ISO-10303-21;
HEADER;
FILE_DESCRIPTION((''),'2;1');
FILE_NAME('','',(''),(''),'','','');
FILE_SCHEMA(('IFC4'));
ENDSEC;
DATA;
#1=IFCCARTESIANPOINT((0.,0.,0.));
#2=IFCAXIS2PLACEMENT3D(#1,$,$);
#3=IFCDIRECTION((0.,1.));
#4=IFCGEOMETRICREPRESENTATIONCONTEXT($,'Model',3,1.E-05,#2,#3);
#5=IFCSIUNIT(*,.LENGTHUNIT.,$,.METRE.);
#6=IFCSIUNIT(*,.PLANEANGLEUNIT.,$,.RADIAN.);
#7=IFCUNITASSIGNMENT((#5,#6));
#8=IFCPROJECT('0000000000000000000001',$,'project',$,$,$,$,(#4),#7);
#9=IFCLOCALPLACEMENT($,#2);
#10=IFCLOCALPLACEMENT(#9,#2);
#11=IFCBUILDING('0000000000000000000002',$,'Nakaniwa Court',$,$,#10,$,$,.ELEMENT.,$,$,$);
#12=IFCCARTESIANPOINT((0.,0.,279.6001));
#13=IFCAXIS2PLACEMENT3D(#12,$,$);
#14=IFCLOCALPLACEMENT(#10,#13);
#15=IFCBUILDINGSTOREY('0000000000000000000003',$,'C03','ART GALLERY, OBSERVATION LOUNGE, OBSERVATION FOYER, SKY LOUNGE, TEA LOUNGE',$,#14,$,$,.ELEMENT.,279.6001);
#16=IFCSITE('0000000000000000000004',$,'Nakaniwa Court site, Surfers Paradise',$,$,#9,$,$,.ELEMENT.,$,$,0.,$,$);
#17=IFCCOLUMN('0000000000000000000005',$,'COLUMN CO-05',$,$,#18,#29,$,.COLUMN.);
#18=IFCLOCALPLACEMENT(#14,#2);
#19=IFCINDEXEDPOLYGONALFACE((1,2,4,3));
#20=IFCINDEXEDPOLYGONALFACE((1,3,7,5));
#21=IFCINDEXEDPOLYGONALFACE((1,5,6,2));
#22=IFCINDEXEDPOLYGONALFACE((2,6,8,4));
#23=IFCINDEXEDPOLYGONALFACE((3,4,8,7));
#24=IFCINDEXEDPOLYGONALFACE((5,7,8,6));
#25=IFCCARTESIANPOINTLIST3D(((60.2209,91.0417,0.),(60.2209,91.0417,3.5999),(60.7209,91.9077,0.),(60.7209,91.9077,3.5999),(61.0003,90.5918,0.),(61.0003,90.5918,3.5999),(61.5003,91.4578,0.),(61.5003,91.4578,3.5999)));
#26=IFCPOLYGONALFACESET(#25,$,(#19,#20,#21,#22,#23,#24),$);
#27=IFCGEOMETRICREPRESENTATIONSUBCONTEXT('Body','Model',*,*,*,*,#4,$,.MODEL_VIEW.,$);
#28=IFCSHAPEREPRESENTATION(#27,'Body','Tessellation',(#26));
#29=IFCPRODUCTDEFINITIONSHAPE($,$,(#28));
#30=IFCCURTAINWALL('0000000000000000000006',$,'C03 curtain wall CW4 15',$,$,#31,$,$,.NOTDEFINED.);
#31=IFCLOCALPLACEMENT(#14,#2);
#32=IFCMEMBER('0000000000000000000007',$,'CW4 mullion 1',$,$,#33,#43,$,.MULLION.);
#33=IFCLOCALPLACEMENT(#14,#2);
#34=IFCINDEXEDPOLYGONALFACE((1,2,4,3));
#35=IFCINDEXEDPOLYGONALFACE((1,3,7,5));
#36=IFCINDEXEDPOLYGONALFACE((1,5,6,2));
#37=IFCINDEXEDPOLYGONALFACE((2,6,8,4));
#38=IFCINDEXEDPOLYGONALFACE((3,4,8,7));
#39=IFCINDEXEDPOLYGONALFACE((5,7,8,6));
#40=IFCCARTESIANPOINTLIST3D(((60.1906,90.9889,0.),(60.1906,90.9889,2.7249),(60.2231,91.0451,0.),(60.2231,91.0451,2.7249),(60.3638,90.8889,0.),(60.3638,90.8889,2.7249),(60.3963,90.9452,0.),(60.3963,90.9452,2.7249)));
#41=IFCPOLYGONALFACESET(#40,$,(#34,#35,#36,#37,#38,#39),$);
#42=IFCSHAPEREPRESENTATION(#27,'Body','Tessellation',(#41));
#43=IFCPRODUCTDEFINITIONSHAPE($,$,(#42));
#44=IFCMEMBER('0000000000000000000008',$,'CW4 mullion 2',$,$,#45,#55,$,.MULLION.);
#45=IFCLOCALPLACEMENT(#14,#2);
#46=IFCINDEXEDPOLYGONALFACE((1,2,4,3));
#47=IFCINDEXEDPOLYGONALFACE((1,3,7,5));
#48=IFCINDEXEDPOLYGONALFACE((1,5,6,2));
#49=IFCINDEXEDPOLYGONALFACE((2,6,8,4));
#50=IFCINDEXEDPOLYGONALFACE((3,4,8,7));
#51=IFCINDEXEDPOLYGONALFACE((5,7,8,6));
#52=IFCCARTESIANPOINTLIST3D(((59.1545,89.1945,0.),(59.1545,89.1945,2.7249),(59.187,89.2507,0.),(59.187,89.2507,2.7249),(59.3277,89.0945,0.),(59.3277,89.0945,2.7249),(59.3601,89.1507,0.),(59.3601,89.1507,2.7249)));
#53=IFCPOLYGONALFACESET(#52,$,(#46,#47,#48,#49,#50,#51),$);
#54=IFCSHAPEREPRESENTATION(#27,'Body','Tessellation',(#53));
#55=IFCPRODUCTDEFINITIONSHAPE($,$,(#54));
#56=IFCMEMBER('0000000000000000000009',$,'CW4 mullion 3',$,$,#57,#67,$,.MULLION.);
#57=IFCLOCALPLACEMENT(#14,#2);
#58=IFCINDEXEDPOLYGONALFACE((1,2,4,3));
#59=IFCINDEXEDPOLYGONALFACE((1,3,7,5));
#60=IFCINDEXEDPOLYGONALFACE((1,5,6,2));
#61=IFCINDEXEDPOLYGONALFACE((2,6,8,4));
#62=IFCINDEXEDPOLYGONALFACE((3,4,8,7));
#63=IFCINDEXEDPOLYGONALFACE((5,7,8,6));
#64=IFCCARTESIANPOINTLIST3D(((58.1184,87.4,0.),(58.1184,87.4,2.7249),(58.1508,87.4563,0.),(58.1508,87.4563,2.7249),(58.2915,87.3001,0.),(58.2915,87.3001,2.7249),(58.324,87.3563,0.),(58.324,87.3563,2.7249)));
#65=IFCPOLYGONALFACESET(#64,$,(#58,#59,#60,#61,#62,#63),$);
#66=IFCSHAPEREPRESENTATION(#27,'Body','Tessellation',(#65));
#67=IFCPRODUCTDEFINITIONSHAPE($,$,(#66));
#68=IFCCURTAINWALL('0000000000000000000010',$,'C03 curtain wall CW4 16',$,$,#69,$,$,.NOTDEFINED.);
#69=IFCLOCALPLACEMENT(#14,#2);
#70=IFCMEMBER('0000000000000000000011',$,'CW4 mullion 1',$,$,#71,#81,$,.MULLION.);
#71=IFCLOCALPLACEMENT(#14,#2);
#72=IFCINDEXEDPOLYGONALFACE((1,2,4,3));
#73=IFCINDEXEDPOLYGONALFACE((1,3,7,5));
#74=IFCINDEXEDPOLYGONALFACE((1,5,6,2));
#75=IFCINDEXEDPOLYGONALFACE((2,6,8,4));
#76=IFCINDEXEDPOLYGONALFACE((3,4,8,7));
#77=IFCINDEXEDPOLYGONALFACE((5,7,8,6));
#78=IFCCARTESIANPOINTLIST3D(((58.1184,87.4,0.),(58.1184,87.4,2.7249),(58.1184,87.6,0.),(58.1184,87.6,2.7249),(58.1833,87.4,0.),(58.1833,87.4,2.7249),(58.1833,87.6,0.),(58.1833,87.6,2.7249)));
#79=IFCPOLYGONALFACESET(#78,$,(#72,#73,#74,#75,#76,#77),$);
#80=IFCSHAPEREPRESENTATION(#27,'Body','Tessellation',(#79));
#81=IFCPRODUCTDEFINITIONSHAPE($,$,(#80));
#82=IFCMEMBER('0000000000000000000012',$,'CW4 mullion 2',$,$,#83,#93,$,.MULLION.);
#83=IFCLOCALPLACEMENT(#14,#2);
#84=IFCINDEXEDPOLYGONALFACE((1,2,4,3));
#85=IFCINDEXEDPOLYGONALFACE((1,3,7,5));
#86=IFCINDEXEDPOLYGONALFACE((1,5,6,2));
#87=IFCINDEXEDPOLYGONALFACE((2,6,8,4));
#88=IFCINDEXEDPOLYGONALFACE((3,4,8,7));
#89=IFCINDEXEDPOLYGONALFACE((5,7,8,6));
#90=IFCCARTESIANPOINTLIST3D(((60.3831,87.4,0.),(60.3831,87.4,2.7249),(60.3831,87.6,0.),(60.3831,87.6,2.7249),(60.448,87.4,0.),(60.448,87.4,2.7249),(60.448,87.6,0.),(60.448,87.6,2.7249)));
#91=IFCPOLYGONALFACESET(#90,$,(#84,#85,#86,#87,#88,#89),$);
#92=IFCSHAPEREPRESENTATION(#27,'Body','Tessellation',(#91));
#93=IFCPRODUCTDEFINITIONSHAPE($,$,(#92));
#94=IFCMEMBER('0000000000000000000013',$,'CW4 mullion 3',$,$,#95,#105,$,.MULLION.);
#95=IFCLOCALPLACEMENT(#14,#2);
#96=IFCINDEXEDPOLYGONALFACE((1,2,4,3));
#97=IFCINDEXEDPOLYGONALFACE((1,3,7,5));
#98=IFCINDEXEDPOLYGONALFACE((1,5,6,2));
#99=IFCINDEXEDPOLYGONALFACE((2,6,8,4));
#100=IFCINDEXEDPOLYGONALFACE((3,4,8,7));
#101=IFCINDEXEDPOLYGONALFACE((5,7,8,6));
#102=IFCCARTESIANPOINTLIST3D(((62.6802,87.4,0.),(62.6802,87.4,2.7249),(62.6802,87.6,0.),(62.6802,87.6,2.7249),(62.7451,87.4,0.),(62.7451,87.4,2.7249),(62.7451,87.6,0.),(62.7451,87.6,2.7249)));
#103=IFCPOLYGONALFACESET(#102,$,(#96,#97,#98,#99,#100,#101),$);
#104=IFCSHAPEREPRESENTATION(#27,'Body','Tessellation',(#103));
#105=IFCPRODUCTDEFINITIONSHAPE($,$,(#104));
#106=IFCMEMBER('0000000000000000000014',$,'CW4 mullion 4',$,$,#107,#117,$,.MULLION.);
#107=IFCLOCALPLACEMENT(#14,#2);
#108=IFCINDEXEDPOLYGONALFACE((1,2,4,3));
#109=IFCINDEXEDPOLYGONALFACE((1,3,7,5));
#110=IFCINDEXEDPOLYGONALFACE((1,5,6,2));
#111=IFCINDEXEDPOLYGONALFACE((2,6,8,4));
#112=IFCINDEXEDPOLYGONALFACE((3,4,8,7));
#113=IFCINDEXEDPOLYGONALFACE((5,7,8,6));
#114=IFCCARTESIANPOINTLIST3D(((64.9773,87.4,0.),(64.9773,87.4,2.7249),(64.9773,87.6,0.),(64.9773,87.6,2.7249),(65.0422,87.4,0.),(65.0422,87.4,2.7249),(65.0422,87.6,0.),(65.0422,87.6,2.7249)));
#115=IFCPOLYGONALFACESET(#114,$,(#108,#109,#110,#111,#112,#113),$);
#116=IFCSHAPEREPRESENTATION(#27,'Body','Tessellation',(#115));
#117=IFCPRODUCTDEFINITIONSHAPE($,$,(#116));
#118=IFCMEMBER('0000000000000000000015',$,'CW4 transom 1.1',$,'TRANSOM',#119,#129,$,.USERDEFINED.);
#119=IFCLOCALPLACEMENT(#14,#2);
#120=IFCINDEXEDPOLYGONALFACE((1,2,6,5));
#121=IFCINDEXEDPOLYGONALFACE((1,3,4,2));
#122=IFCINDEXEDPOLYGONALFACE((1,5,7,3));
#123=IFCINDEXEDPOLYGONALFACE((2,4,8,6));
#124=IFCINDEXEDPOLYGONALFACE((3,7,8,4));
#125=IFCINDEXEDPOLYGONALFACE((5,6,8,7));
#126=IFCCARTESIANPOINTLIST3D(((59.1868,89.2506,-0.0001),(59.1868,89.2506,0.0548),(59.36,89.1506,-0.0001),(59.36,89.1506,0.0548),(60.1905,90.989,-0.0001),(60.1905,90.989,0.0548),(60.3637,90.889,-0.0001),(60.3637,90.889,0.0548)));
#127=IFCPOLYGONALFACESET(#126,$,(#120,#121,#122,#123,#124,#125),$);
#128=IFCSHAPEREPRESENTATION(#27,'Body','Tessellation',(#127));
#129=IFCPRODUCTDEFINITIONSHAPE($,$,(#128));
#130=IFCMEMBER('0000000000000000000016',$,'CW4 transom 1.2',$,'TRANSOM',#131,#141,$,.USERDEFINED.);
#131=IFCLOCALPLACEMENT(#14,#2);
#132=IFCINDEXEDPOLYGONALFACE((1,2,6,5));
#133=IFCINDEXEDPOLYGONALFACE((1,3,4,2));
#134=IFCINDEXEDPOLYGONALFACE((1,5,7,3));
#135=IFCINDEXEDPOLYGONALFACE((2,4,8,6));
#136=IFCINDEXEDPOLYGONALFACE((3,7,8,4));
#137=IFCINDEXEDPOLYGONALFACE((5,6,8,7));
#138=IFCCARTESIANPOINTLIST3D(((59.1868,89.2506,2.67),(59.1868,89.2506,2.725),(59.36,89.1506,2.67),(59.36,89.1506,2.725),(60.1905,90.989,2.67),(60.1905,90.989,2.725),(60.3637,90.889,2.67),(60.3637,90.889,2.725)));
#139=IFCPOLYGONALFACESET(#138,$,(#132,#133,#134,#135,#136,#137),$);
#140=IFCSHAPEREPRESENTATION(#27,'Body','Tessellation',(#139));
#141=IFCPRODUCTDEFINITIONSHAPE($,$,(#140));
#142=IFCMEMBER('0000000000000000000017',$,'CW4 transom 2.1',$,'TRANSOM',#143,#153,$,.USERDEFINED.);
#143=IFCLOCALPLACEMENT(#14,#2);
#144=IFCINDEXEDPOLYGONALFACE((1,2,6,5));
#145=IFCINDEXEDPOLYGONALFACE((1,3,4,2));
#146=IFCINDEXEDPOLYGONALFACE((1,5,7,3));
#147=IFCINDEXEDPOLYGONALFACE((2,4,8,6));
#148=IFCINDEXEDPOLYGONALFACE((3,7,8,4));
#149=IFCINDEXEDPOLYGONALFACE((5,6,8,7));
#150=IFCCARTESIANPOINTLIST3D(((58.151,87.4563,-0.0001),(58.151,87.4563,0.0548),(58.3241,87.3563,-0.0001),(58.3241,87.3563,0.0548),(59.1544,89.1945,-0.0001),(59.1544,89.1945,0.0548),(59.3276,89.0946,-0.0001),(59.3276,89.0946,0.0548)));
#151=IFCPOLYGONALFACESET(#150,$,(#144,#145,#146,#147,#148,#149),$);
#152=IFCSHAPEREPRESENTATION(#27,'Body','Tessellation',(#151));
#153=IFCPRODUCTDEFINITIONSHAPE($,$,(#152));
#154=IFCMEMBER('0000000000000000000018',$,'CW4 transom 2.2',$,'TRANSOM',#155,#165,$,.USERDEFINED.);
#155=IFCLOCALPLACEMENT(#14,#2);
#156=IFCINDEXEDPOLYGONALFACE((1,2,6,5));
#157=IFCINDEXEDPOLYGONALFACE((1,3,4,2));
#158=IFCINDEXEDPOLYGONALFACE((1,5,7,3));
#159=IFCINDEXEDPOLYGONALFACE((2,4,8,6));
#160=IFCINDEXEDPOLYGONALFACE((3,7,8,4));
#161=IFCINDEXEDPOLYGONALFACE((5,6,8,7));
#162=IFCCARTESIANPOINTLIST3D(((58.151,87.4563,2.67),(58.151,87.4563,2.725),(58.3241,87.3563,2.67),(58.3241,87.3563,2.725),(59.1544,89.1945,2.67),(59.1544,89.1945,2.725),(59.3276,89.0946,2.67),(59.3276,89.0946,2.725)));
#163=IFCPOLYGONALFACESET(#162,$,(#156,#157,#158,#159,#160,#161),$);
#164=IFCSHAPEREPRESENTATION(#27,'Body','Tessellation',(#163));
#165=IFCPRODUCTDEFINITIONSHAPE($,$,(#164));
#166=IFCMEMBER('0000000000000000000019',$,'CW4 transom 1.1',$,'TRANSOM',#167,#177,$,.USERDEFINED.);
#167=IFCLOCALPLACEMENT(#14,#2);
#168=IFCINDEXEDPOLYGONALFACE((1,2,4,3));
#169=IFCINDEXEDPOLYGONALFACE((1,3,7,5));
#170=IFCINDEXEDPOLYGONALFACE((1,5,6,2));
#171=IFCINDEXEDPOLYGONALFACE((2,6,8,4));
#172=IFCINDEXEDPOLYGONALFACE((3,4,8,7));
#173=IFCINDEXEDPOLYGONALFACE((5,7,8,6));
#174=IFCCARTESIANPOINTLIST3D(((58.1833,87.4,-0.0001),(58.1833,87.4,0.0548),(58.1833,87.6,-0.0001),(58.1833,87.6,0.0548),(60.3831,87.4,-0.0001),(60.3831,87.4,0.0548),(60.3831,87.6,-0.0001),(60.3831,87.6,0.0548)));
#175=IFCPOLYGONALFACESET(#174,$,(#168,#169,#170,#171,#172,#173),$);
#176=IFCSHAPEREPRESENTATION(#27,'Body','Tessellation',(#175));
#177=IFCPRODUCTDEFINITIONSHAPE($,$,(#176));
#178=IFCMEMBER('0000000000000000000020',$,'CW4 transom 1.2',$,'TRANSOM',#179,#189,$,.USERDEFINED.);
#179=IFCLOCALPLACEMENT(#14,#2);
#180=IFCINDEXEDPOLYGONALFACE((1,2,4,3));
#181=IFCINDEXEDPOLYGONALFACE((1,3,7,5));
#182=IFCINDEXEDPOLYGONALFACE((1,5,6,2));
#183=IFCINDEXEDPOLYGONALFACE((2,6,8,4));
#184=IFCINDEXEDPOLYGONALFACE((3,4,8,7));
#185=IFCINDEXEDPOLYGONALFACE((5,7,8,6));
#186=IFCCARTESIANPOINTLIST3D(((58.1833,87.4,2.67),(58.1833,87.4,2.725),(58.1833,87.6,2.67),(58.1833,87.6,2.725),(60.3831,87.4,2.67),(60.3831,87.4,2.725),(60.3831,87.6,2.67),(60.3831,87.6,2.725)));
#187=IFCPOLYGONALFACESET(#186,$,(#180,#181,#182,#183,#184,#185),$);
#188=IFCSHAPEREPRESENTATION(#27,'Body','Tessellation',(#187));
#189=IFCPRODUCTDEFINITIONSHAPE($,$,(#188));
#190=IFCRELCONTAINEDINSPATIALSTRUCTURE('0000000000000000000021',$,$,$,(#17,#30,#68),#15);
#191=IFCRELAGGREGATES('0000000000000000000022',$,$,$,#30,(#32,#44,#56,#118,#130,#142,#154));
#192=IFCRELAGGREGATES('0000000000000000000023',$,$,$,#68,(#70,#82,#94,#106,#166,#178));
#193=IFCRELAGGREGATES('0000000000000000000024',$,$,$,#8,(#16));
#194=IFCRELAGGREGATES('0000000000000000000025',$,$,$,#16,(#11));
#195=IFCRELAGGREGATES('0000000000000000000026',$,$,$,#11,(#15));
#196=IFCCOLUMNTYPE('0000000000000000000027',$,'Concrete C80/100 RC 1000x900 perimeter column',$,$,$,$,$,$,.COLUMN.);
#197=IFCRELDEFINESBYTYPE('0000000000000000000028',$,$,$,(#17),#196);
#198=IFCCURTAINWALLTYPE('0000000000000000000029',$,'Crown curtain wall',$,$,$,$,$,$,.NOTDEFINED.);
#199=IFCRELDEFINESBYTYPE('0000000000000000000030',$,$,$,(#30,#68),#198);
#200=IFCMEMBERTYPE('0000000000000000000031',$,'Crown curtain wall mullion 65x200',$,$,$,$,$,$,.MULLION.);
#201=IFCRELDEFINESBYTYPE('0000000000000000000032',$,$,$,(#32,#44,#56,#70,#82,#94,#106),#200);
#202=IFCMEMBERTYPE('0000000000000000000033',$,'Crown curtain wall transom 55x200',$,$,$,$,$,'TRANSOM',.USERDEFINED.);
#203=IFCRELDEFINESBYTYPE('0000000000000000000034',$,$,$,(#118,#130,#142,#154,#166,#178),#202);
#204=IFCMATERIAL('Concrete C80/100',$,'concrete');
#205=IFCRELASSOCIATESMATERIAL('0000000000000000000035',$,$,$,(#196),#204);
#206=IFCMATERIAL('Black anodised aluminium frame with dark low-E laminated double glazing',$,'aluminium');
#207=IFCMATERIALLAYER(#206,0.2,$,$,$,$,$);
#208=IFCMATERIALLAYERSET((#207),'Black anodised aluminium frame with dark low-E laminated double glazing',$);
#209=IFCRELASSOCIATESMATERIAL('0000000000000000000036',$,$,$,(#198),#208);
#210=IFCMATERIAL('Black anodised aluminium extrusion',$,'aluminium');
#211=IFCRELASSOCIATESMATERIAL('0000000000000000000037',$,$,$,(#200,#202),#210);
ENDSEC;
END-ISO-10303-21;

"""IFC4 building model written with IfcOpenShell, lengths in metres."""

from ifc_helpers import new_model, si_unit, direction, frame, origin, origin_2d, place, context, subcontext, project, spatial, rectangle, extrude, material, layer, layer_set, material_profile, profile_set, type_object, element, aggregate, save


model = new_model("IFC4")

# Units and contexts
model_context = context("Model", 3, precision=1e-05, world=origin(), true_north=direction((0.0, 1.0)))
body_context = subcontext(model_context, "Body", "Model", "MODEL_VIEW")
ifc_project = project(units=[si_unit("LENGTHUNIT", "METRE"), si_unit("PLANEANGLEUNIT", "RADIAN")], contexts=[model_context])

# Site, building, storey
site_placement = place(None, origin())
site = spatial("IfcSite", under=ifc_project, at=site_placement, Name="Nakaniwa Court site, Surfers Paradise", CompositionType="ELEMENT", RefElevation=0.0)
building_placement = place(site_placement, origin())
building = spatial("IfcBuilding", under=site, at=building_placement, Name="Nakaniwa Court", CompositionType="ELEMENT")
storey_placement = place(building_placement, frame((0.0, 0.0, 279.6001)))
storey = spatial("IfcBuildingStorey", under=building, at=storey_placement, Name="C03", Description="ART GALLERY, OBSERVATION LOUNGE, OBSERVATION FOYER, SKY LOUNGE, TEA LOUNGE", CompositionType="ELEMENT", Elevation=279.6001)

# Column
ifc_material_1 = material(Name="Concrete C80/100", Category="concrete")
ifc_material_profile_1 = material_profile(ifc_material_1, rectangle(XDim=1.0, YDim=0.8999, at=origin_2d()), Name="Concrete C80/100 RC 1000x900 perimeter column")
ifc_profile_set_1 = profile_set([ifc_material_profile_1], Name="Concrete C80/100")
column_type = type_object("IfcColumnType", Name="Concrete C80/100 RC 1000x900 perimeter column", PredefinedType="COLUMN", material=ifc_profile_set_1)
column_placement = place(storey_placement, frame((60.8606, 91.2498, 0.0), z_axis=(0.0, 0.0, 1.0), x_axis=(-0.5, -0.866025, 0.0)))
element("IfcColumn", 1, at=column_placement, inside=storey, type_object=column_type, Name="COLUMN CO-05", PredefinedType="COLUMN", context=body_context, shape_type="SweptSolid", body=[
    extrude(rectangle(XDim=1.0, YDim=0.8999, at=origin_2d()), origin(), (0.0, 0.0, 1.0), 3.5999),
])

# Curtain walls, members
ifc_material_2 = material(Name="Black anodised aluminium frame with dark low-E laminated double glazing", Category="aluminium")
ifc_layer_1 = layer(ifc_material_2, 0.2)
ifc_layer_set_1 = layer_set([ifc_layer_1], Name="Black anodised aluminium frame with dark low-E laminated double glazing")
curtain_wall_type = type_object("IfcCurtainWallType", Name="Crown curtain wall", PredefinedType="NOTDEFINED", material=ifc_layer_set_1)
curtain_wall_1_placement = place(storey_placement, origin())
curtain_wall_1 = element("IfcCurtainWall", 2, at=curtain_wall_1_placement, inside=storey, type_object=curtain_wall_type, Name="C03 curtain wall CW4 15", PredefinedType="NOTDEFINED")
ifc_material_3 = material(Name="Black anodised aluminium extrusion", Category="aluminium")
ifc_material_profile_2 = material_profile(ifc_material_3, rectangle(XDim=0.2, YDim=0.0649, at=origin_2d()), Name="Crown curtain wall mullion 65x200")
ifc_profile_set_2 = profile_set([ifc_material_profile_2], Name="Black anodised aluminium extrusion")
member_type_1 = type_object("IfcMemberType", Name="Crown curtain wall mullion 65x200", PredefinedType="MULLION", material=ifc_profile_set_2)
member_1_placement = place(storey_placement, frame((60.2935, 90.967, 0.0), z_axis=(0.0, 0.0, 1.0), x_axis=(0.866021, -0.500008, 0.0)))
member_1 = element("IfcMember", 3, at=member_1_placement, type_object=member_type_1, Name="CW4 mullion 1", PredefinedType="MULLION", context=body_context, shape_type="SweptSolid", body=[
    extrude(rectangle(XDim=0.2, YDim=0.0649, at=origin_2d()), origin(), (0.0, 0.0, 1.0), 2.7249),
])
member_2_placement = place(storey_placement, frame((59.2573, 89.1726, 0.0), z_axis=(0.0, 0.0, 1.0), x_axis=(0.866021, -0.500008, 0.0)))
member_2 = element("IfcMember", 4, at=member_2_placement, type_object=member_type_1, Name="CW4 mullion 2", PredefinedType="MULLION", context=body_context, shape_type="SweptSolid", body=[
    extrude(rectangle(XDim=0.2, YDim=0.0649, at=origin_2d()), origin(), (0.0, 0.0, 1.0), 2.7249),
])
member_3_placement = place(storey_placement, frame((58.2212, 87.3782, 0.0), z_axis=(0.0, 0.0, 1.0), x_axis=(0.866021, -0.500008, 0.0)))
member_3 = element("IfcMember", 5, at=member_3_placement, type_object=member_type_1, Name="CW4 mullion 3", PredefinedType="MULLION", context=body_context, shape_type="SweptSolid", body=[
    extrude(rectangle(XDim=0.2, YDim=0.0649, at=origin_2d()), origin(), (0.0, 0.0, 1.0), 2.7249),
])
curtain_wall_2_placement = place(storey_placement, origin())
curtain_wall_2 = element("IfcCurtainWall", 6, at=curtain_wall_2_placement, inside=storey, type_object=curtain_wall_type, Name="C03 curtain wall CW4 16", PredefinedType="NOTDEFINED")
member_4_placement = place(storey_placement, frame((58.1509, 87.5, 0.0), z_axis=(0.0, 0.0, 1.0), x_axis=(0.0, 1.0, 0.0)))
member_4 = element("IfcMember", 7, at=member_4_placement, type_object=member_type_1, Name="CW4 mullion 1", PredefinedType="MULLION", context=body_context, shape_type="SweptSolid", body=[
    extrude(rectangle(XDim=0.2, YDim=0.0649, at=origin_2d()), origin(), (0.0, 0.0, 1.0), 2.7249),
])
member_5_placement = place(storey_placement, frame((60.4155, 87.5, 0.0), z_axis=(0.0, 0.0, 1.0), x_axis=(0.0, 1.0, 0.0)))
member_5 = element("IfcMember", 8, at=member_5_placement, type_object=member_type_1, Name="CW4 mullion 2", PredefinedType="MULLION", context=body_context, shape_type="SweptSolid", body=[
    extrude(rectangle(XDim=0.2, YDim=0.0649, at=origin_2d()), origin(), (0.0, 0.0, 1.0), 2.7249),
])
member_6_placement = place(storey_placement, frame((62.7126, 87.5, 0.0), z_axis=(0.0, 0.0, 1.0), x_axis=(0.0, 1.0, 0.0)))
member_6 = element("IfcMember", 9, at=member_6_placement, type_object=member_type_1, Name="CW4 mullion 3", PredefinedType="MULLION", context=body_context, shape_type="SweptSolid", body=[
    extrude(rectangle(XDim=0.2, YDim=0.0649, at=origin_2d()), origin(), (0.0, 0.0, 1.0), 2.7249),
])
member_7_placement = place(storey_placement, frame((65.0098, 87.5, 0.0), z_axis=(0.0, 0.0, 1.0), x_axis=(0.0, 1.0, 0.0)))
member_7 = element("IfcMember", 10, at=member_7_placement, type_object=member_type_1, Name="CW4 mullion 4", PredefinedType="MULLION", context=body_context, shape_type="SweptSolid", body=[
    extrude(rectangle(XDim=0.2, YDim=0.0649, at=origin_2d()), origin(), (0.0, 0.0, 1.0), 2.7249),
])

# Members
ifc_material_profile_3 = material_profile(ifc_material_3, rectangle(XDim=0.2, YDim=0.0549, at=origin_2d()), Name="Crown curtain wall transom 55x200")
ifc_profile_set_3 = profile_set([ifc_material_profile_3], Name="Black anodised aluminium extrusion")
member_type_2 = type_object("IfcMemberType", Name="Crown curtain wall transom 55x200", ElementType="TRANSOM", PredefinedType="USERDEFINED", material=ifc_profile_set_3)
member_8_placement = place(storey_placement, frame((60.2771, 90.939, 0.0273), z_axis=(-0.500024, -0.866011, 0.0), x_axis=(0.866011, -0.500024, 0.0)))
member_8 = element("IfcMember", 11, at=member_8_placement, type_object=member_type_2, Name="CW4 transom 1.1", ObjectType="TRANSOM", PredefinedType="USERDEFINED", context=body_context, shape_type="SweptSolid", body=[
    extrude(rectangle(XDim=0.2, YDim=0.0549, at=origin_2d()), origin(), (0.0, 0.0, 1.0), 2.0073),
])
member_9_placement = place(storey_placement, frame((60.2771, 90.939, 2.6975), z_axis=(-0.500024, -0.866011, 0.0), x_axis=(0.866011, -0.500024, 0.0)))
member_9 = element("IfcMember", 12, at=member_9_placement, type_object=member_type_2, Name="CW4 transom 1.2", ObjectType="TRANSOM", PredefinedType="USERDEFINED", context=body_context, shape_type="SweptSolid", body=[
    extrude(rectangle(XDim=0.2, YDim=0.0549, at=origin_2d()), origin(), (0.0, 0.0, 1.0), 2.0073),
])
member_10_placement = place(storey_placement, frame((59.241, 89.1445, 0.0273), z_axis=(-0.499933, -0.866064, 0.0), x_axis=(0.866064, -0.499933, 0.0)))
member_10 = element("IfcMember", 13, at=member_10_placement, type_object=member_type_2, Name="CW4 transom 2.1", ObjectType="TRANSOM", PredefinedType="USERDEFINED", context=body_context, shape_type="SweptSolid", body=[
    extrude(rectangle(XDim=0.2, YDim=0.0549, at=origin_2d()), origin(), (0.0, 0.0, 1.0), 2.0071),
])
member_11_placement = place(storey_placement, frame((59.241, 89.1445, 2.6975), z_axis=(-0.499933, -0.866064, 0.0), x_axis=(0.866064, -0.499933, 0.0)))
member_11 = element("IfcMember", 14, at=member_11_placement, type_object=member_type_2, Name="CW4 transom 2.2", ObjectType="TRANSOM", PredefinedType="USERDEFINED", context=body_context, shape_type="SweptSolid", body=[
    extrude(rectangle(XDim=0.2, YDim=0.0549, at=origin_2d()), origin(), (0.0, 0.0, 1.0), 2.0071),
])
member_12_placement = place(storey_placement, frame((58.1833, 87.5, 0.0273), z_axis=(1.0, 0.0, 0.0), x_axis=(0.0, 1.0, 0.0)))
member_12 = element("IfcMember", 15, at=member_12_placement, type_object=member_type_2, Name="CW4 transom 1.1", ObjectType="TRANSOM", PredefinedType="USERDEFINED", context=body_context, shape_type="SweptSolid", body=[
    extrude(rectangle(XDim=0.2, YDim=0.0549, at=origin_2d()), origin(), (0.0, 0.0, 1.0), 2.1997),
])
member_13_placement = place(storey_placement, frame((58.1833, 87.5, 2.6975), z_axis=(1.0, 0.0, 0.0), x_axis=(0.0, 1.0, 0.0)))
member_13 = element("IfcMember", 16, at=member_13_placement, type_object=member_type_2, Name="CW4 transom 1.2", ObjectType="TRANSOM", PredefinedType="USERDEFINED", context=body_context, shape_type="SweptSolid", body=[
    extrude(rectangle(XDim=0.2, YDim=0.0549, at=origin_2d()), origin(), (0.0, 0.0, 1.0), 2.1997),
])

aggregate(curtain_wall_1, [member_1, member_2, member_3, member_8, member_9, member_10, member_11])
aggregate(curtain_wall_2, [member_4, member_5, member_6, member_7, member_12, member_13])

save(model, "model.ifc")
